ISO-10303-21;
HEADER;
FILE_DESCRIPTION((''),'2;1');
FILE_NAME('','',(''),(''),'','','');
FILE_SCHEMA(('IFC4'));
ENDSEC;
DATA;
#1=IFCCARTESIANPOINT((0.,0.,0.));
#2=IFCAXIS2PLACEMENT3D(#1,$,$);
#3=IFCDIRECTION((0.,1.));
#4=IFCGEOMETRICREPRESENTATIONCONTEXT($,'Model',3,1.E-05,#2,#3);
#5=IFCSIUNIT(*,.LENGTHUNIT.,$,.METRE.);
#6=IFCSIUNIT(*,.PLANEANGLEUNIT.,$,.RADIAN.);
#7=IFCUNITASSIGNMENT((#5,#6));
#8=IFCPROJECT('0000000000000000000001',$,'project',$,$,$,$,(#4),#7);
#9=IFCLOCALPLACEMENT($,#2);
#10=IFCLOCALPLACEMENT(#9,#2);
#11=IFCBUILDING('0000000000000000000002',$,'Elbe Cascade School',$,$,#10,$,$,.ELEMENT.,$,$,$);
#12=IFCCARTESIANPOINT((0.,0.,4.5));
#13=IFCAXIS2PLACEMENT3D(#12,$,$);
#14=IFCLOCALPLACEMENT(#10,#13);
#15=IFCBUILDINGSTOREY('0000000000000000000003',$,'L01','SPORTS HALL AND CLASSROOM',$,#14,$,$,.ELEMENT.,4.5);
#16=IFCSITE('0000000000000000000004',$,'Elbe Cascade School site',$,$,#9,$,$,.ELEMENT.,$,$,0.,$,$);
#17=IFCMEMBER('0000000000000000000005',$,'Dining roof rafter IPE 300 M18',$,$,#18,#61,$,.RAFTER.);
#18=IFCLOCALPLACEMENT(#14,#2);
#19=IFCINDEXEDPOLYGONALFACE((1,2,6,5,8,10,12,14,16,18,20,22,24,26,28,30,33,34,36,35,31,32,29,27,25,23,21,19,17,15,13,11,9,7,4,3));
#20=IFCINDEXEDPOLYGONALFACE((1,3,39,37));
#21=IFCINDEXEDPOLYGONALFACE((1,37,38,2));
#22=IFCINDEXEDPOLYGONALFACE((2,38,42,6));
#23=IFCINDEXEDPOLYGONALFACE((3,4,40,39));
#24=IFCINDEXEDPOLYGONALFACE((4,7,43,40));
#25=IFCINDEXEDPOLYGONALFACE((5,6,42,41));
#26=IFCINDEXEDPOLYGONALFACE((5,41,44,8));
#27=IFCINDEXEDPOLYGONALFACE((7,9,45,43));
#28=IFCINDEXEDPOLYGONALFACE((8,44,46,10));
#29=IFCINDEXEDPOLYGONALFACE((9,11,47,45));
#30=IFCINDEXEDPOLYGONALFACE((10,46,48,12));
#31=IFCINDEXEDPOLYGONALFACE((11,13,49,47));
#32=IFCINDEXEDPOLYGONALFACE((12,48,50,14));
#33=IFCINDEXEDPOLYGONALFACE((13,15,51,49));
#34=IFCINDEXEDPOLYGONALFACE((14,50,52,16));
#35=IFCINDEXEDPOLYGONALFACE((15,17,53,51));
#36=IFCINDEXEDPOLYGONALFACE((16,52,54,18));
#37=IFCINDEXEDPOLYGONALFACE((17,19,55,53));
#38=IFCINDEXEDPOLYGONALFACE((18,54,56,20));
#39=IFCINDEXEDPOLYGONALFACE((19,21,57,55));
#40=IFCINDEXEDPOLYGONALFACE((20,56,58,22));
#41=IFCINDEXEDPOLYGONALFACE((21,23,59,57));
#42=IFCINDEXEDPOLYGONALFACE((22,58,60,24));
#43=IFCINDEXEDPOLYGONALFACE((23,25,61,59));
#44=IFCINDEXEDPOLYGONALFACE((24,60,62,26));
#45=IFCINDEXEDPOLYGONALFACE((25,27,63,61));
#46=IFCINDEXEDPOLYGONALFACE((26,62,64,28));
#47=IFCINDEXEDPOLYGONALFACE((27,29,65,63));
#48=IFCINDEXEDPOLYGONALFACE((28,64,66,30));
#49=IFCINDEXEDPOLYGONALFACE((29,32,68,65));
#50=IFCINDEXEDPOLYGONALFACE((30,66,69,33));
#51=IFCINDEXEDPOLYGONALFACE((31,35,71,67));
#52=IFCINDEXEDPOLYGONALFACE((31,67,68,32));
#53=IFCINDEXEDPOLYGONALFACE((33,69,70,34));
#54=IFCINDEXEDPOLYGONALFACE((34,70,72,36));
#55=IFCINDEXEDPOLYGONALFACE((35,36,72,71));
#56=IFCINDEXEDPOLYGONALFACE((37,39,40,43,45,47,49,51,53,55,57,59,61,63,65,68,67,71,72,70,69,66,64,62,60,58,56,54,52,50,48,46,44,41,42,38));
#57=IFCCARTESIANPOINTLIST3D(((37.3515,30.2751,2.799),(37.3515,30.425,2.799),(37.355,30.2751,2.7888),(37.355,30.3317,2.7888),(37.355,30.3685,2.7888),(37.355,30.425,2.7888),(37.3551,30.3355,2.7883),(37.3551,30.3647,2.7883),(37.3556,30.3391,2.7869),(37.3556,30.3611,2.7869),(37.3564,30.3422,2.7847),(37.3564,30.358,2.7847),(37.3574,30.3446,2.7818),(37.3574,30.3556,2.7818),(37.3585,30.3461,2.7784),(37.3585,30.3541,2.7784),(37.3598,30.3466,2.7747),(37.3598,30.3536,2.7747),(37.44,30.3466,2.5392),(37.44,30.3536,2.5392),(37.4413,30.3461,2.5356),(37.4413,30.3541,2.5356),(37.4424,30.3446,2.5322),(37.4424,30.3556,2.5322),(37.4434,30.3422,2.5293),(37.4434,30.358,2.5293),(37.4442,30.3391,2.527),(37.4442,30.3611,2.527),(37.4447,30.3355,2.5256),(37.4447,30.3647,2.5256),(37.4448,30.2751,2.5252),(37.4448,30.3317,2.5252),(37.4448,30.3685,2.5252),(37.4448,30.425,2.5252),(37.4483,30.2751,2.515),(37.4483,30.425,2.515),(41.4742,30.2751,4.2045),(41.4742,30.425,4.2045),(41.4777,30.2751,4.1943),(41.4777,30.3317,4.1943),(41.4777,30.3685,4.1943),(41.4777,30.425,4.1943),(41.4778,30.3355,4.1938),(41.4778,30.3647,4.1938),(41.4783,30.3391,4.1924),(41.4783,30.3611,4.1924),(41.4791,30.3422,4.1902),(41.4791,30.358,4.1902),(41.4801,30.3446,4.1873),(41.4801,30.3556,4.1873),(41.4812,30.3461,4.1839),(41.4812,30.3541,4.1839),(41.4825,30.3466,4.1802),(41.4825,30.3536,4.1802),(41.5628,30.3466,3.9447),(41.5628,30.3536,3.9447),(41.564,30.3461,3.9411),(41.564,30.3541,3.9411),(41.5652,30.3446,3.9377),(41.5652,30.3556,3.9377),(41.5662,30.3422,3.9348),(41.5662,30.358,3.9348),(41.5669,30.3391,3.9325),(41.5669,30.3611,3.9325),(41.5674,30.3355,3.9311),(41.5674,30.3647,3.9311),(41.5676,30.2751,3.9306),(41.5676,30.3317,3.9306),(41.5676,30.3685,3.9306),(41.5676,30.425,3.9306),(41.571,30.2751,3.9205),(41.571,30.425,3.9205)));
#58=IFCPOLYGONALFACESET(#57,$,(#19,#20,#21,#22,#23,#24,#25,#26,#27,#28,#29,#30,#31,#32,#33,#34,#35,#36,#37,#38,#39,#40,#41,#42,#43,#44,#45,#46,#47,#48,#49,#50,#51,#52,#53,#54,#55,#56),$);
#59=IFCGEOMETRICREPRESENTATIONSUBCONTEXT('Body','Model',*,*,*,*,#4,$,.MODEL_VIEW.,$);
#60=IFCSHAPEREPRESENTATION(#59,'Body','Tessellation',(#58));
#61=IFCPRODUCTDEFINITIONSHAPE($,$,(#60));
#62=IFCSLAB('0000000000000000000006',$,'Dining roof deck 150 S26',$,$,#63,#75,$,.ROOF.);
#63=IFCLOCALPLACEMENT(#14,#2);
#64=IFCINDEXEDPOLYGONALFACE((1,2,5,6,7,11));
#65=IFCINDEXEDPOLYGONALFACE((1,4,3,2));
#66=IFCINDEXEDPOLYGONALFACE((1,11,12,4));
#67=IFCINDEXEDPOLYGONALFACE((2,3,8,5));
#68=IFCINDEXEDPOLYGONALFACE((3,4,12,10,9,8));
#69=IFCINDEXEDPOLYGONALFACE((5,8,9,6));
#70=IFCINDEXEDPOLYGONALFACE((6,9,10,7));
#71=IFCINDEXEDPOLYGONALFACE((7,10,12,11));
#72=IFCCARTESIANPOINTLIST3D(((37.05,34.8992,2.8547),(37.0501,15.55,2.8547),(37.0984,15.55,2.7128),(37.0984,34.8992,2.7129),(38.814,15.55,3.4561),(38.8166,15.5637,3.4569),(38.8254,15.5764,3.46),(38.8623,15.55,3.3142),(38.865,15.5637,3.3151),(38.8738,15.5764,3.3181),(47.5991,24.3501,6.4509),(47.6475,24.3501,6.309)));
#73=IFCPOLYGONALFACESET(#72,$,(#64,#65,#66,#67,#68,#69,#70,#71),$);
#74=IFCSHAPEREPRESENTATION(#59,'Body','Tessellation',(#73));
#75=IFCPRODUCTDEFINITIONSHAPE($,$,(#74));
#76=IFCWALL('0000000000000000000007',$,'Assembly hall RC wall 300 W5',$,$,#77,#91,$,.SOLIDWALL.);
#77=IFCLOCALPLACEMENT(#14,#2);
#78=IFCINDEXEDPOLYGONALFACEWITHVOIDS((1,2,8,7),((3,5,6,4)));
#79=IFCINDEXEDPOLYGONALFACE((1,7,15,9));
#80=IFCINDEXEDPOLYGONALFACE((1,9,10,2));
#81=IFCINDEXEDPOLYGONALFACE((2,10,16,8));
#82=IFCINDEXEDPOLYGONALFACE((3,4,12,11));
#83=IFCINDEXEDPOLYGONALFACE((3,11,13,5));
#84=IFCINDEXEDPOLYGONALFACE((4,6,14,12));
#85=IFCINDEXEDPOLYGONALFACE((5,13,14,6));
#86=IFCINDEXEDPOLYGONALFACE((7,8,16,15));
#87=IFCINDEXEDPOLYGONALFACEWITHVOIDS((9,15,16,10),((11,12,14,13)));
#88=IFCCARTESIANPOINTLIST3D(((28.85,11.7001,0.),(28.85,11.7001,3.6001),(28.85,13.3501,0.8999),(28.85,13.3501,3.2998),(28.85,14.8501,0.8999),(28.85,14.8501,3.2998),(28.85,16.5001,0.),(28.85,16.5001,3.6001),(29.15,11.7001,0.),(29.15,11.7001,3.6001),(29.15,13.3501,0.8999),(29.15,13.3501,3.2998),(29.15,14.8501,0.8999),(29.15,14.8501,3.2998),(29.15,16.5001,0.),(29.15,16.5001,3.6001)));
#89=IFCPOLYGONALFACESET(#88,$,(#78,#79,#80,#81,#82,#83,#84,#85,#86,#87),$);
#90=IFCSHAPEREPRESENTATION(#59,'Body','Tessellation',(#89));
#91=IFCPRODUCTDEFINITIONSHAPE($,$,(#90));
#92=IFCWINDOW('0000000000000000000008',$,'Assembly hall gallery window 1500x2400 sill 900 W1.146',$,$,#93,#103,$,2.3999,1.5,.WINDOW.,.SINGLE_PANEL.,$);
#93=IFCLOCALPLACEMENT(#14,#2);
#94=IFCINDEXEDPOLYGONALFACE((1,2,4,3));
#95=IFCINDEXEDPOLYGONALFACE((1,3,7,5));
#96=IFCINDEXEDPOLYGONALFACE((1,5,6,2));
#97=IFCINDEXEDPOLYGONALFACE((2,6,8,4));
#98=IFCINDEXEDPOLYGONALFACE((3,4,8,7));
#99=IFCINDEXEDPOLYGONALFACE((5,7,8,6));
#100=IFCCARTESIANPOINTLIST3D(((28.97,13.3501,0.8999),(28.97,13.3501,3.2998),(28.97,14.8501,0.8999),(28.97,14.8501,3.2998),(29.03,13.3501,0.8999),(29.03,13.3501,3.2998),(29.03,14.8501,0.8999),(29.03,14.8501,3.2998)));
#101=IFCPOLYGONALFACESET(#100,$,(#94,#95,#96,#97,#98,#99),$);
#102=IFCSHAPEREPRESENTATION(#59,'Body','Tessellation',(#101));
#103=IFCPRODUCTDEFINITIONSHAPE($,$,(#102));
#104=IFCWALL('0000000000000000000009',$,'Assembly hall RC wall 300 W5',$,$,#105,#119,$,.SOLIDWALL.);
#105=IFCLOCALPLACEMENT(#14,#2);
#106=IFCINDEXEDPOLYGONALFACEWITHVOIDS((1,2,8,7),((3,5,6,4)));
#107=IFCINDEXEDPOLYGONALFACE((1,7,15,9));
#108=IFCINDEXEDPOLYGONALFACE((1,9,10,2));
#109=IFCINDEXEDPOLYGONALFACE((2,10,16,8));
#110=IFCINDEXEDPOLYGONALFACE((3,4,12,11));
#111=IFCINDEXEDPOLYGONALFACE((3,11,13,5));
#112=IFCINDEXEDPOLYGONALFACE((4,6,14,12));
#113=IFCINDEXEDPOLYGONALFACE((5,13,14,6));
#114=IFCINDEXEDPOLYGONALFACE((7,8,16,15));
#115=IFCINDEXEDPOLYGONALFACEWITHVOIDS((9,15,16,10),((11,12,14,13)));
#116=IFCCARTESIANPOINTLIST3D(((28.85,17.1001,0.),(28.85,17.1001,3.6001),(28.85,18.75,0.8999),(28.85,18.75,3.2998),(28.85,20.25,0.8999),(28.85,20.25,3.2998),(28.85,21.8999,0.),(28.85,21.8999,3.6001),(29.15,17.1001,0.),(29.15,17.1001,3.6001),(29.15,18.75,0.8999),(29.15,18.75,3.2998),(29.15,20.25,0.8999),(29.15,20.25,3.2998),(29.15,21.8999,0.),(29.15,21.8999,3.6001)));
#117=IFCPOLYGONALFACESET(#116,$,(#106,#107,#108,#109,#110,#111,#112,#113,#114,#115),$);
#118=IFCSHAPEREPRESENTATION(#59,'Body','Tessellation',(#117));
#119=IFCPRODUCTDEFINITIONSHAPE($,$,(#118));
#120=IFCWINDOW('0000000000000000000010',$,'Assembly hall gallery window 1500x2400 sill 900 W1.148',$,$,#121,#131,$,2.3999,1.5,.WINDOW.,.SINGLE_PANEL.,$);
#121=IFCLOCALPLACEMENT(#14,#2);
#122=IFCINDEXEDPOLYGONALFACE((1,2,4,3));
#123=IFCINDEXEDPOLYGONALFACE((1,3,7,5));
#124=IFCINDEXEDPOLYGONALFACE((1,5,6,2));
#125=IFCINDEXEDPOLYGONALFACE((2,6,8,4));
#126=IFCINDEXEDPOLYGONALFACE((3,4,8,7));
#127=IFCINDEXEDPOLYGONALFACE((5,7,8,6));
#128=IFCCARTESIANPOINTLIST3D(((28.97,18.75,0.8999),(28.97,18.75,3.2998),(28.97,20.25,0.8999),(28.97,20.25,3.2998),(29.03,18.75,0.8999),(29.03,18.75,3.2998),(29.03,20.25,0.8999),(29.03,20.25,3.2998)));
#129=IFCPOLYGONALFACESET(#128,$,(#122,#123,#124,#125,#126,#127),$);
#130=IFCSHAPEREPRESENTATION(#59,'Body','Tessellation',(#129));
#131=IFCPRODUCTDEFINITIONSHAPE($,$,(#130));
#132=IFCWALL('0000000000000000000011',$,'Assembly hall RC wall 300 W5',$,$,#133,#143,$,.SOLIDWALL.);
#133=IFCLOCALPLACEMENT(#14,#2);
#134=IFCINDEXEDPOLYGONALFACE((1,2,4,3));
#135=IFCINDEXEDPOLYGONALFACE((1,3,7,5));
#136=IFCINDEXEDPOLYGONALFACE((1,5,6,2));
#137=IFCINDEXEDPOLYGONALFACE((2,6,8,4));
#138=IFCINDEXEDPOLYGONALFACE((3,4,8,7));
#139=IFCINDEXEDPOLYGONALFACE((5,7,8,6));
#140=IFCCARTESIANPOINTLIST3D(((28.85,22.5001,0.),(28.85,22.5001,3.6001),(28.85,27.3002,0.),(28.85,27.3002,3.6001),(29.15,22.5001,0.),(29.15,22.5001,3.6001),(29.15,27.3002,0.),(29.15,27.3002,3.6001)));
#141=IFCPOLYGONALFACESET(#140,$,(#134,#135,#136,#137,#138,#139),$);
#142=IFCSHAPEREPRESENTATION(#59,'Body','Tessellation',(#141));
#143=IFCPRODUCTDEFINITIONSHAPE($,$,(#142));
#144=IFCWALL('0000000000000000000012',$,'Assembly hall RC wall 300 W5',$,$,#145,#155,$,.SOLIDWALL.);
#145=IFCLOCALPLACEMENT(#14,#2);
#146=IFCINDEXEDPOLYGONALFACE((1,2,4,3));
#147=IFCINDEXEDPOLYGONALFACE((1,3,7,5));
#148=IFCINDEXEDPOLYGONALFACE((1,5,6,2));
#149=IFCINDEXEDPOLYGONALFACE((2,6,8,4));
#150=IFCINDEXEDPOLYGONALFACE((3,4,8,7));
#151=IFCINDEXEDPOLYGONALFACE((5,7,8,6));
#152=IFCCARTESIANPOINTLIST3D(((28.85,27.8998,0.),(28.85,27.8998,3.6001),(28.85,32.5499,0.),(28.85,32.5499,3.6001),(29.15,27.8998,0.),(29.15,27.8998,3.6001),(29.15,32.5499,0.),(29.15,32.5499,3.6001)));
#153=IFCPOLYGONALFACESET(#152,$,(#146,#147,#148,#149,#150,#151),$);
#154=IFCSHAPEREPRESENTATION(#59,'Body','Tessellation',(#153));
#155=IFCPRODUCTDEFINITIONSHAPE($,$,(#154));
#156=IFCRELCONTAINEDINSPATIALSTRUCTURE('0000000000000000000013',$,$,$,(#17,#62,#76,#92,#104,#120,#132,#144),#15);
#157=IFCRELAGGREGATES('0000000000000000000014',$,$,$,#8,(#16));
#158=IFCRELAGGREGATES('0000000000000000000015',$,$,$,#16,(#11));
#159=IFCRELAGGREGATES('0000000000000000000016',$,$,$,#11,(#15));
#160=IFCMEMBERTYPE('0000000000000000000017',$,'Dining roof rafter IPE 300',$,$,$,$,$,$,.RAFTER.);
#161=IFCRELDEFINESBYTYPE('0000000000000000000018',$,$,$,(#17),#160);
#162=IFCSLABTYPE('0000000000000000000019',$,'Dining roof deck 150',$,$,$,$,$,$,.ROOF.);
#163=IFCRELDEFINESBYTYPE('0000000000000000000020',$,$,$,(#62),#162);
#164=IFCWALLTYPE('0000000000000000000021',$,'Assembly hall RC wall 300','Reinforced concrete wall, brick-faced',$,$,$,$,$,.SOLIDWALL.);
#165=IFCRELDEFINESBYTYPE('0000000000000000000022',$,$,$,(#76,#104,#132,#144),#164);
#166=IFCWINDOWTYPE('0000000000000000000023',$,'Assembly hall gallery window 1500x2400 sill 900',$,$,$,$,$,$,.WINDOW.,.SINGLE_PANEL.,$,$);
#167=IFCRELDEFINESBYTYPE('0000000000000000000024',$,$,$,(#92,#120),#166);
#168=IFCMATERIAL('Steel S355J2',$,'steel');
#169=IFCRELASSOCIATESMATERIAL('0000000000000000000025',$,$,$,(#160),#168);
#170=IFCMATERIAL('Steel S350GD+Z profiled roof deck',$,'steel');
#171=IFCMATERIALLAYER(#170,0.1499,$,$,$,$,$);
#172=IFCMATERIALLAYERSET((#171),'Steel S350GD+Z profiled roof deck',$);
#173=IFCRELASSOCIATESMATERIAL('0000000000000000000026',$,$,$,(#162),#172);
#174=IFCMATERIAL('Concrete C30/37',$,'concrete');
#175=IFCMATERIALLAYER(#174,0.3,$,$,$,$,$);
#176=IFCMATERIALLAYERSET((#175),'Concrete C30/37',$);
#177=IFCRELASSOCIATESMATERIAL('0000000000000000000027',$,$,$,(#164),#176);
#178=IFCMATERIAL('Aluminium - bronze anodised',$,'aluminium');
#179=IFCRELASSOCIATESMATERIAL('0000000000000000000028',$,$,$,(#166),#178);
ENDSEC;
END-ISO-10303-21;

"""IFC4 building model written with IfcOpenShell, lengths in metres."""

from ifc_helpers import new_model, si_unit, direction, frame, frame_2d, origin, origin_2d, place, context, subcontext, project, spatial, polyline, rectangle, i_section, outline, extrude, material, layer, layer_set, material_profile, profile_set, type_object, element, fill, save


model = new_model("IFC4")

# Units and contexts
model_context = context("Model", 3, precision=1e-05, world=origin(), true_north=direction((0.0, 1.0)))
body_context = subcontext(model_context, "Body", "Model", "MODEL_VIEW")
ifc_project = project(units=[si_unit("LENGTHUNIT", "METRE"), si_unit("PLANEANGLEUNIT", "RADIAN")], contexts=[model_context])

# Site, building, storey
site_placement = place(None, origin())
site = spatial("IfcSite", under=ifc_project, at=site_placement, Name="Elbe Cascade School site", CompositionType="ELEMENT", RefElevation=0.0)
building_placement = place(site_placement, origin())
building = spatial("IfcBuilding", under=site, at=building_placement, Name="Elbe Cascade School", CompositionType="ELEMENT")
storey_placement = place(building_placement, frame((0.0, 0.0, 4.5)))
storey = spatial("IfcBuildingStorey", under=building, at=storey_placement, Name="L01", Description="SPORTS HALL AND CLASSROOM", CompositionType="ELEMENT", Elevation=4.5)

# Member
ifc_material_1 = material(Name="Steel S355J2", Category="steel")
ifc_material_profile_1 = material_profile(ifc_material_1, i_section(OverallWidth=0.1499, OverallDepth=0.3, WebThickness=0.0071, FlangeThickness=0.0107, FilletRadius=0.0149, at=origin_2d()), Name="IPE 300")
ifc_profile_set_1 = profile_set([ifc_material_profile_1], Name="Steel S355J2")
member_type_1 = type_object("IfcMemberType", Name="Dining roof rafter IPE 300", PredefinedType="RAFTER", material=ifc_profile_set_1)
member_1_placement = place(storey_placement, frame((37.3999, 30.3501, 2.657), z_axis=(0.946509, 0.0, 0.322677), x_axis=(0.0, 1.0, 0.0)))
element("IfcMember", 1, at=member_1_placement, inside=storey, type_object=member_type_1, Name="Dining roof rafter IPE 300 M18", PredefinedType="RAFTER", context=body_context, shape_type="SweptSolid", body=[
    extrude(i_section(OverallWidth=0.1499, OverallDepth=0.3, WebThickness=0.0071, FlangeThickness=0.0107, FilletRadius=0.0149, at=origin_2d()), origin(), (0.0, 0.0, 1.0), 4.3557),
])

# Slab
ifc_material_2 = material(Name="Steel S350GD+Z profiled roof deck", Category="steel")
ifc_layer_1 = layer(ifc_material_2, 0.1499)
ifc_layer_set_1 = layer_set([ifc_layer_1], Name="Steel S350GD+Z profiled roof deck")
slab_type = type_object("IfcSlabType", Name="Dining roof deck 150", PredefinedType="ROOF", material=ifc_layer_set_1)
slab_placement = place(storey_placement, frame((37.05, 34.8992, 2.8547), z_axis=(-0.322667, 0.0, 0.946513), x_axis=(0.687417, -0.687417, 0.234341)))
element("IfcSlab", 2, at=slab_placement, inside=storey, type_object=slab_type, Name="Dining roof deck 150 S26", PredefinedType="ROOF", context=body_context, shape_type="SweptSolid", body=[
    extrude(outline(polyline([(0.0, 0.0), (15.346, 0.0), (14.6451, -12.744), (14.647, -12.7596), (14.6544, -12.7715), (13.3009, -14.0526), (0.0, 0.0)])), origin(), (0.0, 0.0, -1.0), 0.1499),
])

# Walls, openings, windows
ifc_material_3 = material(Name="Concrete C30/37", Category="concrete")
ifc_layer_2 = layer(ifc_material_3, 0.3)
ifc_layer_set_2 = layer_set([ifc_layer_2], Name="Concrete C30/37")
wall_type_1 = type_object("IfcWallType", Name="Assembly hall RC wall 300", Description="Reinforced concrete wall, brick-faced", PredefinedType="SOLIDWALL", material=ifc_layer_set_2)
wall_1_placement = place(storey_placement, frame((29.0, 16.5, 0.0), z_axis=(0.0, 0.0, 1.0), x_axis=(0.0, -1.0, 0.0)))
wall_1 = element("IfcWall", 3, at=wall_1_placement, inside=storey, type_object=wall_type_1, Name="Assembly hall RC wall 300 W5", PredefinedType="SOLIDWALL", context=body_context, shape_type="SweptSolid", body=[
    extrude(rectangle(XDim=4.8, YDim=0.3, at=frame_2d((2.3999, 0.0))), origin(), (0.0, 0.0, 1.0), 3.6001),
])
opening_1_placement = place(wall_1_placement, frame((1.6499, 0.0, 0.8999)))
opening_1 = element("IfcOpeningElement", 4, at=opening_1_placement, cuts=wall_1, PredefinedType="OPENING", context=body_context, shape_type="SweptSolid", body=[
    extrude(rectangle(XDim=1.5, YDim=2.3999, at=frame_2d((0.75, 1.2))), frame((0.0, 0.1599, 0.0), z_axis=(0.0, -1.0, 0.0), x_axis=(1.0, 0.0, 0.0)), (0.0, 0.0, 1.0), 0.3201),
])
ifc_material_4 = material(Name="Aluminium - bronze anodised", Category="aluminium")
window_type_1 = type_object("IfcWindowType", Name="Assembly hall gallery window 1500x2400 sill 900", PartitioningType="SINGLE_PANEL", PredefinedType="WINDOW", material=ifc_material_4)
window_1_placement = place(opening_1_placement, origin())
window_1 = element("IfcWindow", 5, at=window_1_placement, inside=storey, type_object=window_type_1, Name="Assembly hall gallery window 1500x2400 sill 900 W1.146", OverallHeight=2.3999, OverallWidth=1.5, PartitioningType="SINGLE_PANEL", PredefinedType="WINDOW", context=body_context, shape_type="SweptSolid", body=[
    extrude(rectangle(XDim=1.5, YDim=2.3999, at=frame_2d((0.75, 1.2))), frame((0.0, 0.03, 0.0), z_axis=(0.0, -1.0, 0.0), x_axis=(1.0, 0.0, 0.0)), (0.0, 0.0, 1.0), 0.0601),
])
fill(opening_1, window_1)
wall_2_placement = place(storey_placement, frame((29.0, 21.8999, 0.0), z_axis=(0.0, 0.0, 1.0), x_axis=(0.0, -1.0, 0.0)))
wall_2 = element("IfcWall", 6, at=wall_2_placement, inside=storey, type_object=wall_type_1, Name="Assembly hall RC wall 300 W5", PredefinedType="SOLIDWALL", context=body_context, shape_type="SweptSolid", body=[
    extrude(rectangle(XDim=4.7998, YDim=0.3, at=frame_2d((2.3999, 0.0))), origin(), (0.0, 0.0, 1.0), 3.6001),
])
opening_2_placement = place(wall_2_placement, frame((1.6499, 0.0, 0.8999)))
opening_2 = element("IfcOpeningElement", 7, at=opening_2_placement, cuts=wall_2, PredefinedType="OPENING", context=body_context, shape_type="SweptSolid", body=[
    extrude(rectangle(XDim=1.5, YDim=2.3999, at=frame_2d((0.75, 1.2))), frame((0.0, 0.1599, 0.0), z_axis=(0.0, -1.0, 0.0), x_axis=(1.0, 0.0, 0.0)), (0.0, 0.0, 1.0), 0.3201),
])
window_2_placement = place(opening_2_placement, origin())
window_2 = element("IfcWindow", 8, at=window_2_placement, inside=storey, type_object=window_type_1, Name="Assembly hall gallery window 1500x2400 sill 900 W1.148", OverallHeight=2.3999, OverallWidth=1.5, PartitioningType="SINGLE_PANEL", PredefinedType="WINDOW", context=body_context, shape_type="SweptSolid", body=[
    extrude(rectangle(XDim=1.5, YDim=2.3999, at=frame_2d((0.75, 1.2))), frame((0.0, 0.03, 0.0), z_axis=(0.0, -1.0, 0.0), x_axis=(1.0, 0.0, 0.0)), (0.0, 0.0, 1.0), 0.0601),
])
fill(opening_2, window_2)

# Walls
wall_3_placement = place(storey_placement, frame((29.0, 27.3, 0.0), z_axis=(0.0, 0.0, 1.0), x_axis=(0.0, -1.0, 0.0)))
element("IfcWall", 9, at=wall_3_placement, inside=storey, type_object=wall_type_1, Name="Assembly hall RC wall 300 W5", PredefinedType="SOLIDWALL", context=body_context, shape_type="SweptSolid", body=[
    extrude(rectangle(XDim=4.8, YDim=0.3, at=frame_2d((2.3999, 0.0))), origin(), (0.0, 0.0, 1.0), 3.6001),
])
wall_4_placement = place(storey_placement, frame((29.0, 32.55, 0.0), z_axis=(0.0, 0.0, 1.0), x_axis=(0.0, -1.0, 0.0)))
element("IfcWall", 10, at=wall_4_placement, inside=storey, type_object=wall_type_1, Name="Assembly hall RC wall 300 W5", PredefinedType="SOLIDWALL", context=body_context, shape_type="SweptSolid", body=[
    extrude(rectangle(XDim=4.6501, YDim=0.3, at=frame_2d((2.3252, 0.0))), origin(), (0.0, 0.0, 1.0), 3.6001),
])

save(model, "model.ifc")
